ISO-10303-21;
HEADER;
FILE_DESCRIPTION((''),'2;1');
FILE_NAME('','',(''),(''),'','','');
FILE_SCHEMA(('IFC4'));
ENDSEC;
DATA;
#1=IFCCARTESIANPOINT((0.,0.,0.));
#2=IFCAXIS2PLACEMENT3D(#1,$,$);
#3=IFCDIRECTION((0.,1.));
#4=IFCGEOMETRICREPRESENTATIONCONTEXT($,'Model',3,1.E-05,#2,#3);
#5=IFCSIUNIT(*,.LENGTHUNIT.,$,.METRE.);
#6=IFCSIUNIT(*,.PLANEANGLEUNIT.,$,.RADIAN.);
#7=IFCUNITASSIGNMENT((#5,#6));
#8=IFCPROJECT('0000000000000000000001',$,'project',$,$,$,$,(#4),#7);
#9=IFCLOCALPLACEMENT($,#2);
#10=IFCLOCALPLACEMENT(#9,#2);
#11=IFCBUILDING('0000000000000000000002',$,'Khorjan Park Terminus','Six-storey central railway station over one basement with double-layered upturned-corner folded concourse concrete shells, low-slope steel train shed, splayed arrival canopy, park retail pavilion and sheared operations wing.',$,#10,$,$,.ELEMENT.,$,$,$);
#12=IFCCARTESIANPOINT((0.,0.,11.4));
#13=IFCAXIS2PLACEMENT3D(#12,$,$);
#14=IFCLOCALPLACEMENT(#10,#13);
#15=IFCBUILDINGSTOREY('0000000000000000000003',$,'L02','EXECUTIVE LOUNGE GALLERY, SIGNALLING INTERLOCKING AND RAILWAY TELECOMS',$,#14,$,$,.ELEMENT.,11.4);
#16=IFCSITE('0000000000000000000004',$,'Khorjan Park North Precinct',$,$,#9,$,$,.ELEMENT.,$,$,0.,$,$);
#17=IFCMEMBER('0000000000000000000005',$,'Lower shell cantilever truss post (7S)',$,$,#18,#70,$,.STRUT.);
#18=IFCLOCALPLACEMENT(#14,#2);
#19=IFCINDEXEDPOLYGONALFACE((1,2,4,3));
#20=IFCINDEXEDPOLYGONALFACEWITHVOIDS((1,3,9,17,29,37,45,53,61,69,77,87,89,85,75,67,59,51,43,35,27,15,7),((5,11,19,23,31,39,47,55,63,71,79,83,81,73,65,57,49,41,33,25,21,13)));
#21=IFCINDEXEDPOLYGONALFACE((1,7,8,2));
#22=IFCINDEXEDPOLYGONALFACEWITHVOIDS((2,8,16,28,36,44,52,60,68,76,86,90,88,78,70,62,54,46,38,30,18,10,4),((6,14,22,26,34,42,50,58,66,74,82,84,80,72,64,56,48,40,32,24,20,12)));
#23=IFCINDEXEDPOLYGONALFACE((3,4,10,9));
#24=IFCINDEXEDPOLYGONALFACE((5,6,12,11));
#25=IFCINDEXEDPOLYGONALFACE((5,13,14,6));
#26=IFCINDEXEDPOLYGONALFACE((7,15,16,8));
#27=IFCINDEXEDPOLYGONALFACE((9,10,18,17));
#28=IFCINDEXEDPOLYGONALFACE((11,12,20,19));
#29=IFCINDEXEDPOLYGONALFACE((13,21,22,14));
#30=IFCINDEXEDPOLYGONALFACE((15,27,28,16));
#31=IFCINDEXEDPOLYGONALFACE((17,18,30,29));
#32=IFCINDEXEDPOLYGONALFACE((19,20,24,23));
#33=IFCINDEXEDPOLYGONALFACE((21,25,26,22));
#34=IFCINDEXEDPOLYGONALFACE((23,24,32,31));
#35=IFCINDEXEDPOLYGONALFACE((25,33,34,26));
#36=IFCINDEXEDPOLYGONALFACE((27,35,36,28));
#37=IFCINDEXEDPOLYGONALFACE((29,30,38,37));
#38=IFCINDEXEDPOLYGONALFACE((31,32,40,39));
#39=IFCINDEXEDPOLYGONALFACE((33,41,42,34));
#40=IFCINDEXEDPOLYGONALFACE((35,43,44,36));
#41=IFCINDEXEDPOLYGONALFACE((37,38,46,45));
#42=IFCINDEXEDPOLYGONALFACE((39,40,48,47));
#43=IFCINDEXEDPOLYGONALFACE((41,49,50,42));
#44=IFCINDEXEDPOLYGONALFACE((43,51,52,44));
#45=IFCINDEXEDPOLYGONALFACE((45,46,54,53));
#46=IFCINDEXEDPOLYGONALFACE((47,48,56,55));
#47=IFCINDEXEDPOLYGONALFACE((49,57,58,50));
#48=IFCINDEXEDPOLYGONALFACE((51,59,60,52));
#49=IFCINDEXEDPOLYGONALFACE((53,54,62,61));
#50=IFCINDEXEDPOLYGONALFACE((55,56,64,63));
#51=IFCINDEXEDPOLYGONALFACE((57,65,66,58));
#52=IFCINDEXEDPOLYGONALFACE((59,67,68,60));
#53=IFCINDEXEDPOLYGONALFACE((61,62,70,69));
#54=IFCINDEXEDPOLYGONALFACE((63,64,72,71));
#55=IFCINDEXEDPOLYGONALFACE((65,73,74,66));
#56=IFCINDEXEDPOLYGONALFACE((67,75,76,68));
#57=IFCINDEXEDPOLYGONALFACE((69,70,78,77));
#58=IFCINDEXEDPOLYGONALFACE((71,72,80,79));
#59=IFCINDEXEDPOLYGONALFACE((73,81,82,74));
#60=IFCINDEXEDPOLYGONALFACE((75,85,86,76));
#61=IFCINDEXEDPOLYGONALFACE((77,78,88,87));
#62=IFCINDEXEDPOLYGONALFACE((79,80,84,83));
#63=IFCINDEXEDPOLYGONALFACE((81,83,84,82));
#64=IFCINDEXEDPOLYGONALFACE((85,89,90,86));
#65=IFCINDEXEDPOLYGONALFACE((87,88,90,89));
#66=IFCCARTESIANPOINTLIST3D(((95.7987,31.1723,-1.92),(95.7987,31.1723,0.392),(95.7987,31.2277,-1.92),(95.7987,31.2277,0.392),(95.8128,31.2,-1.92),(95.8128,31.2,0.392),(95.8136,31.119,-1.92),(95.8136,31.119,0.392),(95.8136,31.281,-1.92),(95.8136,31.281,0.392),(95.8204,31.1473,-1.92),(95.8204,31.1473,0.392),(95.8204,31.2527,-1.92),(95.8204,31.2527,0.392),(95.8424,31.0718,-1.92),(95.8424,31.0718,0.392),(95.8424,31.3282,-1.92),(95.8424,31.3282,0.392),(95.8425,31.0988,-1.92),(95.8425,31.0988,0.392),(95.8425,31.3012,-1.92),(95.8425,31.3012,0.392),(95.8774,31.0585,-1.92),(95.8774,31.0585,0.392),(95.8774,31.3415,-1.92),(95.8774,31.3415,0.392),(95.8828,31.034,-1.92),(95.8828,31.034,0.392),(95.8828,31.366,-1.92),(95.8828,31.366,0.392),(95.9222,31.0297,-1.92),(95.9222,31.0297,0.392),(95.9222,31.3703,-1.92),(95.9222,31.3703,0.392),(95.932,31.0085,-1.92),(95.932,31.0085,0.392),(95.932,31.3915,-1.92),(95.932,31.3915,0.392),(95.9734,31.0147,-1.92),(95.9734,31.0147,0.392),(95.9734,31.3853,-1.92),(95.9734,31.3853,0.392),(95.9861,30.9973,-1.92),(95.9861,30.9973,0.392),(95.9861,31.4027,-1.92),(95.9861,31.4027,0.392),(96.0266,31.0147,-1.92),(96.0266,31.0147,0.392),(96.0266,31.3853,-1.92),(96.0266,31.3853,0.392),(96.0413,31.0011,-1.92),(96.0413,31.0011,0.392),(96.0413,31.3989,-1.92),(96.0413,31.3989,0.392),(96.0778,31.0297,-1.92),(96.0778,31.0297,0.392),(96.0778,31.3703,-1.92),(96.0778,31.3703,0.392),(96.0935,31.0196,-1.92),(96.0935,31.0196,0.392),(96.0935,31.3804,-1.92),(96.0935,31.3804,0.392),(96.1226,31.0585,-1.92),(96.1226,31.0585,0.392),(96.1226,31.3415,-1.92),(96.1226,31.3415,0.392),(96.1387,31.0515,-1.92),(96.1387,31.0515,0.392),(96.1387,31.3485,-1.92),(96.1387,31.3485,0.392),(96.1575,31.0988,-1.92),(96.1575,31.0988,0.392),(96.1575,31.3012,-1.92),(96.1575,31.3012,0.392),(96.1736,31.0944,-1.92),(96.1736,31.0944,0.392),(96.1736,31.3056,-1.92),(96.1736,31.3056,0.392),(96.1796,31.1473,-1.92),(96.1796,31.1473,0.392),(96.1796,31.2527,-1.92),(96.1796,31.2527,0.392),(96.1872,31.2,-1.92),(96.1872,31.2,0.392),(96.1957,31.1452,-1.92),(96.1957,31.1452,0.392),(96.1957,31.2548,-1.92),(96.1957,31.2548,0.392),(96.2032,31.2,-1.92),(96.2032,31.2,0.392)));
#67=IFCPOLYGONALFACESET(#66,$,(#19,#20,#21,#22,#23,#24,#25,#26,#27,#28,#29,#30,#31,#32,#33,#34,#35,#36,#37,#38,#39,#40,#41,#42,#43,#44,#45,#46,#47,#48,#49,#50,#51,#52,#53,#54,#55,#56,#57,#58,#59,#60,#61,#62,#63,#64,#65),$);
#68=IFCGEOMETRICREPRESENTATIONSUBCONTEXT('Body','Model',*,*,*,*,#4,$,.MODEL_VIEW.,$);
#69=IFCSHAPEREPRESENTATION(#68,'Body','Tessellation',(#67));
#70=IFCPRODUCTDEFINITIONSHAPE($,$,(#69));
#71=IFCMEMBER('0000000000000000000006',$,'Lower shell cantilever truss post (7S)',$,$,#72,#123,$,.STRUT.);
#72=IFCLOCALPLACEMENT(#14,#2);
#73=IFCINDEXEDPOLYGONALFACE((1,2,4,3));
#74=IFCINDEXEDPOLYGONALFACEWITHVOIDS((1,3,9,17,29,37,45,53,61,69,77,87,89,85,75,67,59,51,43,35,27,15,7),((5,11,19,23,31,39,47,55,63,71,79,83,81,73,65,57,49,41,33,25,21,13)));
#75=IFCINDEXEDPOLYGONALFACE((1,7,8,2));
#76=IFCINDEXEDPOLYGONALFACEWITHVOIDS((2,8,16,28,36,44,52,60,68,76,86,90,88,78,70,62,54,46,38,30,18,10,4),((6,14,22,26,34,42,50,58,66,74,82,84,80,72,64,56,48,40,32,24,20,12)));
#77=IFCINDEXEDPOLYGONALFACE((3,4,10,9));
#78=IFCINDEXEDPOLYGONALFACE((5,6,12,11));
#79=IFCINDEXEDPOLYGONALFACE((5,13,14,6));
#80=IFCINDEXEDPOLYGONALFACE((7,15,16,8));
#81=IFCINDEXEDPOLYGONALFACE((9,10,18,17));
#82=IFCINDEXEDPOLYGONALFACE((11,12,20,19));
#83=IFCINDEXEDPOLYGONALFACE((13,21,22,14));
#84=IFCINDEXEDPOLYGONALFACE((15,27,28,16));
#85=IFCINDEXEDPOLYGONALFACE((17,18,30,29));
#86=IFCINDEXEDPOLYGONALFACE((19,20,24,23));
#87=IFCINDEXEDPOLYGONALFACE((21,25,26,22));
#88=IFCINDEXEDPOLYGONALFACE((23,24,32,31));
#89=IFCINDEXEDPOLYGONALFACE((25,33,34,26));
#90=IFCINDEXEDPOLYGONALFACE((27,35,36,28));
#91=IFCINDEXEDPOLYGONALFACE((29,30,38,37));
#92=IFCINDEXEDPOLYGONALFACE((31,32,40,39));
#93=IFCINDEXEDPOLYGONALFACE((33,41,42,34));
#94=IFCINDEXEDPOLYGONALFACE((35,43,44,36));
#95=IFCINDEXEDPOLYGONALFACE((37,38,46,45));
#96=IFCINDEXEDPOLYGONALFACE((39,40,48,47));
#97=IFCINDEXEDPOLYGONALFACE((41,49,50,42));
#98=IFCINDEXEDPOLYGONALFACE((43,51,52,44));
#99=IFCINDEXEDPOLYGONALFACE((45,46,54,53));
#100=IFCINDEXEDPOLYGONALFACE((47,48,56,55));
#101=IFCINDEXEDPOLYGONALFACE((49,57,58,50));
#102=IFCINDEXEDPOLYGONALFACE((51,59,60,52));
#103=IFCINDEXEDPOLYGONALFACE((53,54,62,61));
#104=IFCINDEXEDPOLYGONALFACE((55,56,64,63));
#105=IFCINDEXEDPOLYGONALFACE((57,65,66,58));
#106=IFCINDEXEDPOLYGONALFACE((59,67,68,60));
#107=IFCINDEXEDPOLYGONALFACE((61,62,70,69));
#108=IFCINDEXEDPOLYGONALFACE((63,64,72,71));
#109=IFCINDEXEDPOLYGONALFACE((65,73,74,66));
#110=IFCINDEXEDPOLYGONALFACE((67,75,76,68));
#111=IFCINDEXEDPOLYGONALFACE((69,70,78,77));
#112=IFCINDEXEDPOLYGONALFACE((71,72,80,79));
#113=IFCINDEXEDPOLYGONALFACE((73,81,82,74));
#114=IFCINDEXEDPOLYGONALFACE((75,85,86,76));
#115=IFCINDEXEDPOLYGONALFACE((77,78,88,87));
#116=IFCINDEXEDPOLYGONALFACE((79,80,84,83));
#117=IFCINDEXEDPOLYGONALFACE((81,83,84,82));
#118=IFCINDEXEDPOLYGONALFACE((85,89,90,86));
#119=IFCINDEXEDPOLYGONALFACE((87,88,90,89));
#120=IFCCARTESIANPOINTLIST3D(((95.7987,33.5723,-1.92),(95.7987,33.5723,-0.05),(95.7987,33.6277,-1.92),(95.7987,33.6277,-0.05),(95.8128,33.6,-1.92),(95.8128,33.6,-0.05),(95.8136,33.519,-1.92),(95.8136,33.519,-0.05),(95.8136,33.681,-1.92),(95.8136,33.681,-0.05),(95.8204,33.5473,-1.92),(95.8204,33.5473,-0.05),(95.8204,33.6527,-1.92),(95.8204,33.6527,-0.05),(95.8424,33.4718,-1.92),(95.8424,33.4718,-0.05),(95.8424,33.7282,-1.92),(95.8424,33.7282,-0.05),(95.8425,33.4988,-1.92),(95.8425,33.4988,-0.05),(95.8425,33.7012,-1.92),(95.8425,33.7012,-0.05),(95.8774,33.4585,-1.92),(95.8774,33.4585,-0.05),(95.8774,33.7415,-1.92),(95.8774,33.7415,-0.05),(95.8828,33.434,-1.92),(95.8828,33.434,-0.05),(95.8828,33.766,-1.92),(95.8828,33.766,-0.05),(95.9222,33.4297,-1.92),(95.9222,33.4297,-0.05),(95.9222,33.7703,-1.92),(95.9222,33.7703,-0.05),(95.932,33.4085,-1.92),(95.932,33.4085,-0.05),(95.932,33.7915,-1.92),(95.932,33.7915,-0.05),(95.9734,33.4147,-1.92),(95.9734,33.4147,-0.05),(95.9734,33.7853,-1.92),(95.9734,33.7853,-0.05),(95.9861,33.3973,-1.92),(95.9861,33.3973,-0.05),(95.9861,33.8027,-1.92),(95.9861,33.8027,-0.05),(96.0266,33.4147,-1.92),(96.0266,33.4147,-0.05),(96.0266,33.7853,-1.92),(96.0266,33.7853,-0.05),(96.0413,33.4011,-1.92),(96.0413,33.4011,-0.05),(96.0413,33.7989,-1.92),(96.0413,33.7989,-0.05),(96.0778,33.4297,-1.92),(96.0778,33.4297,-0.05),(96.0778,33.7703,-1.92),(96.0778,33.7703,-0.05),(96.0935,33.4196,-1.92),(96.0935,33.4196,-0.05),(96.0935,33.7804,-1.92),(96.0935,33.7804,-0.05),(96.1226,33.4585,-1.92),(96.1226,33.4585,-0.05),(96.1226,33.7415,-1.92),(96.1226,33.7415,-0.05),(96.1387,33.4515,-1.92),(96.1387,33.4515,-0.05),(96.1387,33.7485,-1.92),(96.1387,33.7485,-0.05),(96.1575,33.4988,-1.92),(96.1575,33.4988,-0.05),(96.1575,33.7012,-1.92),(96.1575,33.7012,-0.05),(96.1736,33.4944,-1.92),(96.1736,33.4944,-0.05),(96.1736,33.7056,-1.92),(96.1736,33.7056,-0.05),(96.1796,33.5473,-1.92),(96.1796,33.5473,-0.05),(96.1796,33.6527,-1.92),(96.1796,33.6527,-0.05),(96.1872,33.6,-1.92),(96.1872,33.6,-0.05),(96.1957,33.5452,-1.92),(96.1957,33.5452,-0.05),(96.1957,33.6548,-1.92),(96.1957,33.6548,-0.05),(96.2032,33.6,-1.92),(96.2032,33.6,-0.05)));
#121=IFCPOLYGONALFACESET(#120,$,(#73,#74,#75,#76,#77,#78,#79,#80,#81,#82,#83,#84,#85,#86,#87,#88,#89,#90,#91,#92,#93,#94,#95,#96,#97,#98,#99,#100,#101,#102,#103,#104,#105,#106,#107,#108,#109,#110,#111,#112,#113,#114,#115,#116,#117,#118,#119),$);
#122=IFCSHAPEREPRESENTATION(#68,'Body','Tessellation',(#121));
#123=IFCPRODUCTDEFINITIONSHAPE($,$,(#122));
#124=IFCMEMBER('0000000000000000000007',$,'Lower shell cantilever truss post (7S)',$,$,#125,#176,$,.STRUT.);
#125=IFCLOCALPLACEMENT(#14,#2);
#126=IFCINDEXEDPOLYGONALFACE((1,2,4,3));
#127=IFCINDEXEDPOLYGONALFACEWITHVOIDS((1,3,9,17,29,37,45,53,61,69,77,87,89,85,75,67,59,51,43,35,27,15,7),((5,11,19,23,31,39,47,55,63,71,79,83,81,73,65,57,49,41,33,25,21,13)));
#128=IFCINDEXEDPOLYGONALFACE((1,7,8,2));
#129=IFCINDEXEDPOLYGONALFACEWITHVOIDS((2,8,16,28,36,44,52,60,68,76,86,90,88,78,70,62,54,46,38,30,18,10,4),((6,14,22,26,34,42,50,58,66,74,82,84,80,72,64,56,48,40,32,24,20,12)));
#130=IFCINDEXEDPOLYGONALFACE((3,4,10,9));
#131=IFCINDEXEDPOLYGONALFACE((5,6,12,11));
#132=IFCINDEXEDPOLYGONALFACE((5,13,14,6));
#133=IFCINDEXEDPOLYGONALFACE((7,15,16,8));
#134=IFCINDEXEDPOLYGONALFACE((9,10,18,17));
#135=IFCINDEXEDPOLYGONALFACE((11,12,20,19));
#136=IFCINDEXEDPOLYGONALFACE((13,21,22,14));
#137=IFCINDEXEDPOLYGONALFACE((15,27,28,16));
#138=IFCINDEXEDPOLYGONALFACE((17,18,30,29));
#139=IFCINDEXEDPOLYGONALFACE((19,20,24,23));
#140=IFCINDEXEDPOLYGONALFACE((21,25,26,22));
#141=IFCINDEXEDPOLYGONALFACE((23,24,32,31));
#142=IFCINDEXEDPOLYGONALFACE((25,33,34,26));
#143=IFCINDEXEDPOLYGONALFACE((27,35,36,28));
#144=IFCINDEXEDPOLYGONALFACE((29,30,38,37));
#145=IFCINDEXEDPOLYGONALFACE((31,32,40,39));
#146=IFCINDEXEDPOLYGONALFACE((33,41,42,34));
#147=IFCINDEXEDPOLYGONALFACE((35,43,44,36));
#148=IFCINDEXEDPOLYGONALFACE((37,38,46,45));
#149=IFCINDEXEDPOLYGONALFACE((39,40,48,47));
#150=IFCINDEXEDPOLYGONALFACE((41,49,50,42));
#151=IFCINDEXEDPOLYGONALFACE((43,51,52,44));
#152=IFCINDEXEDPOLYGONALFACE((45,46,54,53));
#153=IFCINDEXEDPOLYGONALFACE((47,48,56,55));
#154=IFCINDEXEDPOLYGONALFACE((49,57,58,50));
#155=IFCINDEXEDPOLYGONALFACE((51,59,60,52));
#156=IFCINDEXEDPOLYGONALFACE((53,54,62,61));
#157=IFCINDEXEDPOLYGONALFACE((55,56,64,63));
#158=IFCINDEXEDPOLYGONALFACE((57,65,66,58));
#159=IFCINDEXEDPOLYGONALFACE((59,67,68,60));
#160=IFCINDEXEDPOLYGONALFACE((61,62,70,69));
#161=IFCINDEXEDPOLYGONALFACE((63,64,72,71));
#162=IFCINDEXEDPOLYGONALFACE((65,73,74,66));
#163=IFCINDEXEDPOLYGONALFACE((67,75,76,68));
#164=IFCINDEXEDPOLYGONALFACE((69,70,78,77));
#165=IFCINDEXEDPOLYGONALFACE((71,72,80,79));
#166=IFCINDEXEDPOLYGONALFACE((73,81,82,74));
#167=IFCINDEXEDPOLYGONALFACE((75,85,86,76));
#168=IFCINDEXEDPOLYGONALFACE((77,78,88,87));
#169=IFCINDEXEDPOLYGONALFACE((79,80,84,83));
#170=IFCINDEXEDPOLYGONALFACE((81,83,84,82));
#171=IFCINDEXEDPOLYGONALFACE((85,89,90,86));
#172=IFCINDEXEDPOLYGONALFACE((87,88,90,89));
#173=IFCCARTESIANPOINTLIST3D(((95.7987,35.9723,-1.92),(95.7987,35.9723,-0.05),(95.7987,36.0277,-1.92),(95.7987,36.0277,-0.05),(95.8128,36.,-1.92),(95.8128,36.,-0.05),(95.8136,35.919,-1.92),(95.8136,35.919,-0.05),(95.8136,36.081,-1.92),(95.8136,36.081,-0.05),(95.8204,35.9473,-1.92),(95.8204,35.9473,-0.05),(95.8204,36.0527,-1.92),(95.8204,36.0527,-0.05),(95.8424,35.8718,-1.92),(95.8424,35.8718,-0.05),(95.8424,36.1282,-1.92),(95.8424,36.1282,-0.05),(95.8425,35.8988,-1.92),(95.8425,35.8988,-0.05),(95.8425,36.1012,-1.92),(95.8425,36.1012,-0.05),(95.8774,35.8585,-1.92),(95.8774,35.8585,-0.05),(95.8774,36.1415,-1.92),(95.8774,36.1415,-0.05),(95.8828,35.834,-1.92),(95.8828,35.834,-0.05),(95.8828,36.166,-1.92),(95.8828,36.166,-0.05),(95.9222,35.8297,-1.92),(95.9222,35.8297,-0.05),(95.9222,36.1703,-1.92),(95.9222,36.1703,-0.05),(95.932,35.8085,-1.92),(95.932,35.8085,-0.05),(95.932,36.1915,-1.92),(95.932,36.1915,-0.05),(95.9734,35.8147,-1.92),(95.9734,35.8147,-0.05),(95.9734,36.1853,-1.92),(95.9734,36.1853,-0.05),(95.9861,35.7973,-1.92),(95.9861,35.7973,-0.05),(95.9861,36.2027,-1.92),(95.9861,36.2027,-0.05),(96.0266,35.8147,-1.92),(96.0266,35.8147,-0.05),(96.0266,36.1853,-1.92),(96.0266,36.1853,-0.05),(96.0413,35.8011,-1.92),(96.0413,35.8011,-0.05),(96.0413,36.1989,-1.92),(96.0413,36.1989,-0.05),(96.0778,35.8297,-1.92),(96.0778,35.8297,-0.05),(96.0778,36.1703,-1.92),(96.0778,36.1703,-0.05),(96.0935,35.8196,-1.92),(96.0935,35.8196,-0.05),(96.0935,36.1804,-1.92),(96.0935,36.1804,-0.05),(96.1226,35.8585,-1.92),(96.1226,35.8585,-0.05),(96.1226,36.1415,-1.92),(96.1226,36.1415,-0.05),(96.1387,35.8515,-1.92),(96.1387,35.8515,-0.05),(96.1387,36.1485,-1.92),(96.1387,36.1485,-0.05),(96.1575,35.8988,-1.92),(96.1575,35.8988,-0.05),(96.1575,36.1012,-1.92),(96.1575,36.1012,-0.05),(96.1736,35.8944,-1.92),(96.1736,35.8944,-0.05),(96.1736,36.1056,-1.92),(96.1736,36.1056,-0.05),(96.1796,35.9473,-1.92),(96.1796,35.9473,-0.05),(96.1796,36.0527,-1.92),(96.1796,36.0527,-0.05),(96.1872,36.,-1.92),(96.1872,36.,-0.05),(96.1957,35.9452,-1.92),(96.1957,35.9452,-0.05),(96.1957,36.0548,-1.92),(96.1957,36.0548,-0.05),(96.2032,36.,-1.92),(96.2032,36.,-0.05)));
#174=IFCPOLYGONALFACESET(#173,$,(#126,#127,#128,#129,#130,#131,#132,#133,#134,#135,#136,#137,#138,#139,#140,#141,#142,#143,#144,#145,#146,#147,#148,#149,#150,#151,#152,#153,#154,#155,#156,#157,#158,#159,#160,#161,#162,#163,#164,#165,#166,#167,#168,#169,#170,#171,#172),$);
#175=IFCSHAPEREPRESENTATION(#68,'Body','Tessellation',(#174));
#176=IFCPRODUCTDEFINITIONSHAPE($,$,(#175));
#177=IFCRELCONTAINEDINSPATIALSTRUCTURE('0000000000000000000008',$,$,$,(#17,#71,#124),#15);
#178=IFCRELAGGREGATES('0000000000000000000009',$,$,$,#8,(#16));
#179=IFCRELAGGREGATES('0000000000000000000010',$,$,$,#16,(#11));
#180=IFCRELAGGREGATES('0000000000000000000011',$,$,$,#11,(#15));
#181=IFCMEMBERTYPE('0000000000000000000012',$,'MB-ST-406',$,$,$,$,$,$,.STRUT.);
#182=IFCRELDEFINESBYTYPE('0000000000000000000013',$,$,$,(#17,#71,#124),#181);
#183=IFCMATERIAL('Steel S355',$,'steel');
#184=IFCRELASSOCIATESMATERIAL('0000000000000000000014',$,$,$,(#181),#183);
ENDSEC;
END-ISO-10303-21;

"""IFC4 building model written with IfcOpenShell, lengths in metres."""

from ifc_helpers import new_model, si_unit, direction, frame, origin, origin_2d, place, context, subcontext, project, spatial, hollow_circle, extrude, material, material_profile, profile_set, type_object, element, save


model = new_model("IFC4")

# Units and contexts
model_context = context("Model", 3, precision=1e-05, world=origin(), true_north=direction((0.0, 1.0)))
body_context = subcontext(model_context, "Body", "Model", "MODEL_VIEW")
ifc_project = project(units=[si_unit("LENGTHUNIT", "METRE"), si_unit("PLANEANGLEUNIT", "RADIAN")], contexts=[model_context])

# Site, building, storey
site_placement = place(None, origin())
site = spatial("IfcSite", under=ifc_project, at=site_placement, Name="Khorjan Park North Precinct", CompositionType="ELEMENT", RefElevation=0.0)
building_placement = place(site_placement, origin())
building = spatial("IfcBuilding", under=site, at=building_placement, Name="Khorjan Park Terminus", Description="Six-storey central railway station over one basement with double-layered upturned-corner folded concourse concrete shells, low-slope steel train shed, splayed arrival canopy, park retail pavilion and sheared operations wing.", CompositionType="ELEMENT")
storey_placement = place(building_placement, frame((0.0, 0.0, 11.4)))
storey = spatial("IfcBuildingStorey", under=building, at=storey_placement, Name="L02", Description="EXECUTIVE LOUNGE GALLERY, SIGNALLING INTERLOCKING AND RAILWAY TELECOMS", CompositionType="ELEMENT", Elevation=11.4)

# Shared definitions
ifc_material_1 = material(Name="Steel S355", Category="steel")

# Members
ifc_material_profile_1 = material_profile(ifc_material_1, hollow_circle(Radius=0.2032, WallThickness=0.016, at=origin_2d()), Name="CHS 406.4x16")
ifc_profile_set_1 = profile_set([ifc_material_profile_1], Name="Steel S355")
member_type_1 = type_object("IfcMemberType", Name="MB-ST-406", PredefinedType="STRUT", material=ifc_profile_set_1)
member_1_placement = place(storey_placement, frame((96.0, 31.2, -1.92), z_axis=(0.0, 0.0, 1.0), x_axis=(1.0, 0.0, 0.0)))
element("IfcMember", 1, at=member_1_placement, inside=storey, type_object=member_type_1, Name="Lower shell cantilever truss post (7S)", PredefinedType="STRUT", context=body_context, shape_type="SweptSolid", body=[
    extrude(hollow_circle(Radius=0.2032, WallThickness=0.016, at=origin_2d()), origin(), (0.0, 0.0, 1.0), 2.312),
])
for number, where, z_axis, x_axis, name in (
    (2, (96.0, 33.6, -1.92), (0.0, 0.0, 1.0), (1.0, 0.0, 0.0), "Lower shell cantilever truss post (7S)"),
    (3, (96.0, 36.0, -1.92), (0.0, 0.0, 1.0), (1.0, 0.0, 0.0), "Lower shell cantilever truss post (7S)"),
):
    element("IfcMember", number, at=place(storey_placement, frame(where, z_axis=z_axis, x_axis=x_axis)), inside=storey, type_object=member_type_1, Name=name, PredefinedType="STRUT", context=body_context, shape_type="SweptSolid", body=[
        extrude(hollow_circle(Radius=0.2032, WallThickness=0.016, at=origin_2d()), origin(), (0.0, 0.0, 1.0), 1.87),
    ])

save(model, "model.ifc")
